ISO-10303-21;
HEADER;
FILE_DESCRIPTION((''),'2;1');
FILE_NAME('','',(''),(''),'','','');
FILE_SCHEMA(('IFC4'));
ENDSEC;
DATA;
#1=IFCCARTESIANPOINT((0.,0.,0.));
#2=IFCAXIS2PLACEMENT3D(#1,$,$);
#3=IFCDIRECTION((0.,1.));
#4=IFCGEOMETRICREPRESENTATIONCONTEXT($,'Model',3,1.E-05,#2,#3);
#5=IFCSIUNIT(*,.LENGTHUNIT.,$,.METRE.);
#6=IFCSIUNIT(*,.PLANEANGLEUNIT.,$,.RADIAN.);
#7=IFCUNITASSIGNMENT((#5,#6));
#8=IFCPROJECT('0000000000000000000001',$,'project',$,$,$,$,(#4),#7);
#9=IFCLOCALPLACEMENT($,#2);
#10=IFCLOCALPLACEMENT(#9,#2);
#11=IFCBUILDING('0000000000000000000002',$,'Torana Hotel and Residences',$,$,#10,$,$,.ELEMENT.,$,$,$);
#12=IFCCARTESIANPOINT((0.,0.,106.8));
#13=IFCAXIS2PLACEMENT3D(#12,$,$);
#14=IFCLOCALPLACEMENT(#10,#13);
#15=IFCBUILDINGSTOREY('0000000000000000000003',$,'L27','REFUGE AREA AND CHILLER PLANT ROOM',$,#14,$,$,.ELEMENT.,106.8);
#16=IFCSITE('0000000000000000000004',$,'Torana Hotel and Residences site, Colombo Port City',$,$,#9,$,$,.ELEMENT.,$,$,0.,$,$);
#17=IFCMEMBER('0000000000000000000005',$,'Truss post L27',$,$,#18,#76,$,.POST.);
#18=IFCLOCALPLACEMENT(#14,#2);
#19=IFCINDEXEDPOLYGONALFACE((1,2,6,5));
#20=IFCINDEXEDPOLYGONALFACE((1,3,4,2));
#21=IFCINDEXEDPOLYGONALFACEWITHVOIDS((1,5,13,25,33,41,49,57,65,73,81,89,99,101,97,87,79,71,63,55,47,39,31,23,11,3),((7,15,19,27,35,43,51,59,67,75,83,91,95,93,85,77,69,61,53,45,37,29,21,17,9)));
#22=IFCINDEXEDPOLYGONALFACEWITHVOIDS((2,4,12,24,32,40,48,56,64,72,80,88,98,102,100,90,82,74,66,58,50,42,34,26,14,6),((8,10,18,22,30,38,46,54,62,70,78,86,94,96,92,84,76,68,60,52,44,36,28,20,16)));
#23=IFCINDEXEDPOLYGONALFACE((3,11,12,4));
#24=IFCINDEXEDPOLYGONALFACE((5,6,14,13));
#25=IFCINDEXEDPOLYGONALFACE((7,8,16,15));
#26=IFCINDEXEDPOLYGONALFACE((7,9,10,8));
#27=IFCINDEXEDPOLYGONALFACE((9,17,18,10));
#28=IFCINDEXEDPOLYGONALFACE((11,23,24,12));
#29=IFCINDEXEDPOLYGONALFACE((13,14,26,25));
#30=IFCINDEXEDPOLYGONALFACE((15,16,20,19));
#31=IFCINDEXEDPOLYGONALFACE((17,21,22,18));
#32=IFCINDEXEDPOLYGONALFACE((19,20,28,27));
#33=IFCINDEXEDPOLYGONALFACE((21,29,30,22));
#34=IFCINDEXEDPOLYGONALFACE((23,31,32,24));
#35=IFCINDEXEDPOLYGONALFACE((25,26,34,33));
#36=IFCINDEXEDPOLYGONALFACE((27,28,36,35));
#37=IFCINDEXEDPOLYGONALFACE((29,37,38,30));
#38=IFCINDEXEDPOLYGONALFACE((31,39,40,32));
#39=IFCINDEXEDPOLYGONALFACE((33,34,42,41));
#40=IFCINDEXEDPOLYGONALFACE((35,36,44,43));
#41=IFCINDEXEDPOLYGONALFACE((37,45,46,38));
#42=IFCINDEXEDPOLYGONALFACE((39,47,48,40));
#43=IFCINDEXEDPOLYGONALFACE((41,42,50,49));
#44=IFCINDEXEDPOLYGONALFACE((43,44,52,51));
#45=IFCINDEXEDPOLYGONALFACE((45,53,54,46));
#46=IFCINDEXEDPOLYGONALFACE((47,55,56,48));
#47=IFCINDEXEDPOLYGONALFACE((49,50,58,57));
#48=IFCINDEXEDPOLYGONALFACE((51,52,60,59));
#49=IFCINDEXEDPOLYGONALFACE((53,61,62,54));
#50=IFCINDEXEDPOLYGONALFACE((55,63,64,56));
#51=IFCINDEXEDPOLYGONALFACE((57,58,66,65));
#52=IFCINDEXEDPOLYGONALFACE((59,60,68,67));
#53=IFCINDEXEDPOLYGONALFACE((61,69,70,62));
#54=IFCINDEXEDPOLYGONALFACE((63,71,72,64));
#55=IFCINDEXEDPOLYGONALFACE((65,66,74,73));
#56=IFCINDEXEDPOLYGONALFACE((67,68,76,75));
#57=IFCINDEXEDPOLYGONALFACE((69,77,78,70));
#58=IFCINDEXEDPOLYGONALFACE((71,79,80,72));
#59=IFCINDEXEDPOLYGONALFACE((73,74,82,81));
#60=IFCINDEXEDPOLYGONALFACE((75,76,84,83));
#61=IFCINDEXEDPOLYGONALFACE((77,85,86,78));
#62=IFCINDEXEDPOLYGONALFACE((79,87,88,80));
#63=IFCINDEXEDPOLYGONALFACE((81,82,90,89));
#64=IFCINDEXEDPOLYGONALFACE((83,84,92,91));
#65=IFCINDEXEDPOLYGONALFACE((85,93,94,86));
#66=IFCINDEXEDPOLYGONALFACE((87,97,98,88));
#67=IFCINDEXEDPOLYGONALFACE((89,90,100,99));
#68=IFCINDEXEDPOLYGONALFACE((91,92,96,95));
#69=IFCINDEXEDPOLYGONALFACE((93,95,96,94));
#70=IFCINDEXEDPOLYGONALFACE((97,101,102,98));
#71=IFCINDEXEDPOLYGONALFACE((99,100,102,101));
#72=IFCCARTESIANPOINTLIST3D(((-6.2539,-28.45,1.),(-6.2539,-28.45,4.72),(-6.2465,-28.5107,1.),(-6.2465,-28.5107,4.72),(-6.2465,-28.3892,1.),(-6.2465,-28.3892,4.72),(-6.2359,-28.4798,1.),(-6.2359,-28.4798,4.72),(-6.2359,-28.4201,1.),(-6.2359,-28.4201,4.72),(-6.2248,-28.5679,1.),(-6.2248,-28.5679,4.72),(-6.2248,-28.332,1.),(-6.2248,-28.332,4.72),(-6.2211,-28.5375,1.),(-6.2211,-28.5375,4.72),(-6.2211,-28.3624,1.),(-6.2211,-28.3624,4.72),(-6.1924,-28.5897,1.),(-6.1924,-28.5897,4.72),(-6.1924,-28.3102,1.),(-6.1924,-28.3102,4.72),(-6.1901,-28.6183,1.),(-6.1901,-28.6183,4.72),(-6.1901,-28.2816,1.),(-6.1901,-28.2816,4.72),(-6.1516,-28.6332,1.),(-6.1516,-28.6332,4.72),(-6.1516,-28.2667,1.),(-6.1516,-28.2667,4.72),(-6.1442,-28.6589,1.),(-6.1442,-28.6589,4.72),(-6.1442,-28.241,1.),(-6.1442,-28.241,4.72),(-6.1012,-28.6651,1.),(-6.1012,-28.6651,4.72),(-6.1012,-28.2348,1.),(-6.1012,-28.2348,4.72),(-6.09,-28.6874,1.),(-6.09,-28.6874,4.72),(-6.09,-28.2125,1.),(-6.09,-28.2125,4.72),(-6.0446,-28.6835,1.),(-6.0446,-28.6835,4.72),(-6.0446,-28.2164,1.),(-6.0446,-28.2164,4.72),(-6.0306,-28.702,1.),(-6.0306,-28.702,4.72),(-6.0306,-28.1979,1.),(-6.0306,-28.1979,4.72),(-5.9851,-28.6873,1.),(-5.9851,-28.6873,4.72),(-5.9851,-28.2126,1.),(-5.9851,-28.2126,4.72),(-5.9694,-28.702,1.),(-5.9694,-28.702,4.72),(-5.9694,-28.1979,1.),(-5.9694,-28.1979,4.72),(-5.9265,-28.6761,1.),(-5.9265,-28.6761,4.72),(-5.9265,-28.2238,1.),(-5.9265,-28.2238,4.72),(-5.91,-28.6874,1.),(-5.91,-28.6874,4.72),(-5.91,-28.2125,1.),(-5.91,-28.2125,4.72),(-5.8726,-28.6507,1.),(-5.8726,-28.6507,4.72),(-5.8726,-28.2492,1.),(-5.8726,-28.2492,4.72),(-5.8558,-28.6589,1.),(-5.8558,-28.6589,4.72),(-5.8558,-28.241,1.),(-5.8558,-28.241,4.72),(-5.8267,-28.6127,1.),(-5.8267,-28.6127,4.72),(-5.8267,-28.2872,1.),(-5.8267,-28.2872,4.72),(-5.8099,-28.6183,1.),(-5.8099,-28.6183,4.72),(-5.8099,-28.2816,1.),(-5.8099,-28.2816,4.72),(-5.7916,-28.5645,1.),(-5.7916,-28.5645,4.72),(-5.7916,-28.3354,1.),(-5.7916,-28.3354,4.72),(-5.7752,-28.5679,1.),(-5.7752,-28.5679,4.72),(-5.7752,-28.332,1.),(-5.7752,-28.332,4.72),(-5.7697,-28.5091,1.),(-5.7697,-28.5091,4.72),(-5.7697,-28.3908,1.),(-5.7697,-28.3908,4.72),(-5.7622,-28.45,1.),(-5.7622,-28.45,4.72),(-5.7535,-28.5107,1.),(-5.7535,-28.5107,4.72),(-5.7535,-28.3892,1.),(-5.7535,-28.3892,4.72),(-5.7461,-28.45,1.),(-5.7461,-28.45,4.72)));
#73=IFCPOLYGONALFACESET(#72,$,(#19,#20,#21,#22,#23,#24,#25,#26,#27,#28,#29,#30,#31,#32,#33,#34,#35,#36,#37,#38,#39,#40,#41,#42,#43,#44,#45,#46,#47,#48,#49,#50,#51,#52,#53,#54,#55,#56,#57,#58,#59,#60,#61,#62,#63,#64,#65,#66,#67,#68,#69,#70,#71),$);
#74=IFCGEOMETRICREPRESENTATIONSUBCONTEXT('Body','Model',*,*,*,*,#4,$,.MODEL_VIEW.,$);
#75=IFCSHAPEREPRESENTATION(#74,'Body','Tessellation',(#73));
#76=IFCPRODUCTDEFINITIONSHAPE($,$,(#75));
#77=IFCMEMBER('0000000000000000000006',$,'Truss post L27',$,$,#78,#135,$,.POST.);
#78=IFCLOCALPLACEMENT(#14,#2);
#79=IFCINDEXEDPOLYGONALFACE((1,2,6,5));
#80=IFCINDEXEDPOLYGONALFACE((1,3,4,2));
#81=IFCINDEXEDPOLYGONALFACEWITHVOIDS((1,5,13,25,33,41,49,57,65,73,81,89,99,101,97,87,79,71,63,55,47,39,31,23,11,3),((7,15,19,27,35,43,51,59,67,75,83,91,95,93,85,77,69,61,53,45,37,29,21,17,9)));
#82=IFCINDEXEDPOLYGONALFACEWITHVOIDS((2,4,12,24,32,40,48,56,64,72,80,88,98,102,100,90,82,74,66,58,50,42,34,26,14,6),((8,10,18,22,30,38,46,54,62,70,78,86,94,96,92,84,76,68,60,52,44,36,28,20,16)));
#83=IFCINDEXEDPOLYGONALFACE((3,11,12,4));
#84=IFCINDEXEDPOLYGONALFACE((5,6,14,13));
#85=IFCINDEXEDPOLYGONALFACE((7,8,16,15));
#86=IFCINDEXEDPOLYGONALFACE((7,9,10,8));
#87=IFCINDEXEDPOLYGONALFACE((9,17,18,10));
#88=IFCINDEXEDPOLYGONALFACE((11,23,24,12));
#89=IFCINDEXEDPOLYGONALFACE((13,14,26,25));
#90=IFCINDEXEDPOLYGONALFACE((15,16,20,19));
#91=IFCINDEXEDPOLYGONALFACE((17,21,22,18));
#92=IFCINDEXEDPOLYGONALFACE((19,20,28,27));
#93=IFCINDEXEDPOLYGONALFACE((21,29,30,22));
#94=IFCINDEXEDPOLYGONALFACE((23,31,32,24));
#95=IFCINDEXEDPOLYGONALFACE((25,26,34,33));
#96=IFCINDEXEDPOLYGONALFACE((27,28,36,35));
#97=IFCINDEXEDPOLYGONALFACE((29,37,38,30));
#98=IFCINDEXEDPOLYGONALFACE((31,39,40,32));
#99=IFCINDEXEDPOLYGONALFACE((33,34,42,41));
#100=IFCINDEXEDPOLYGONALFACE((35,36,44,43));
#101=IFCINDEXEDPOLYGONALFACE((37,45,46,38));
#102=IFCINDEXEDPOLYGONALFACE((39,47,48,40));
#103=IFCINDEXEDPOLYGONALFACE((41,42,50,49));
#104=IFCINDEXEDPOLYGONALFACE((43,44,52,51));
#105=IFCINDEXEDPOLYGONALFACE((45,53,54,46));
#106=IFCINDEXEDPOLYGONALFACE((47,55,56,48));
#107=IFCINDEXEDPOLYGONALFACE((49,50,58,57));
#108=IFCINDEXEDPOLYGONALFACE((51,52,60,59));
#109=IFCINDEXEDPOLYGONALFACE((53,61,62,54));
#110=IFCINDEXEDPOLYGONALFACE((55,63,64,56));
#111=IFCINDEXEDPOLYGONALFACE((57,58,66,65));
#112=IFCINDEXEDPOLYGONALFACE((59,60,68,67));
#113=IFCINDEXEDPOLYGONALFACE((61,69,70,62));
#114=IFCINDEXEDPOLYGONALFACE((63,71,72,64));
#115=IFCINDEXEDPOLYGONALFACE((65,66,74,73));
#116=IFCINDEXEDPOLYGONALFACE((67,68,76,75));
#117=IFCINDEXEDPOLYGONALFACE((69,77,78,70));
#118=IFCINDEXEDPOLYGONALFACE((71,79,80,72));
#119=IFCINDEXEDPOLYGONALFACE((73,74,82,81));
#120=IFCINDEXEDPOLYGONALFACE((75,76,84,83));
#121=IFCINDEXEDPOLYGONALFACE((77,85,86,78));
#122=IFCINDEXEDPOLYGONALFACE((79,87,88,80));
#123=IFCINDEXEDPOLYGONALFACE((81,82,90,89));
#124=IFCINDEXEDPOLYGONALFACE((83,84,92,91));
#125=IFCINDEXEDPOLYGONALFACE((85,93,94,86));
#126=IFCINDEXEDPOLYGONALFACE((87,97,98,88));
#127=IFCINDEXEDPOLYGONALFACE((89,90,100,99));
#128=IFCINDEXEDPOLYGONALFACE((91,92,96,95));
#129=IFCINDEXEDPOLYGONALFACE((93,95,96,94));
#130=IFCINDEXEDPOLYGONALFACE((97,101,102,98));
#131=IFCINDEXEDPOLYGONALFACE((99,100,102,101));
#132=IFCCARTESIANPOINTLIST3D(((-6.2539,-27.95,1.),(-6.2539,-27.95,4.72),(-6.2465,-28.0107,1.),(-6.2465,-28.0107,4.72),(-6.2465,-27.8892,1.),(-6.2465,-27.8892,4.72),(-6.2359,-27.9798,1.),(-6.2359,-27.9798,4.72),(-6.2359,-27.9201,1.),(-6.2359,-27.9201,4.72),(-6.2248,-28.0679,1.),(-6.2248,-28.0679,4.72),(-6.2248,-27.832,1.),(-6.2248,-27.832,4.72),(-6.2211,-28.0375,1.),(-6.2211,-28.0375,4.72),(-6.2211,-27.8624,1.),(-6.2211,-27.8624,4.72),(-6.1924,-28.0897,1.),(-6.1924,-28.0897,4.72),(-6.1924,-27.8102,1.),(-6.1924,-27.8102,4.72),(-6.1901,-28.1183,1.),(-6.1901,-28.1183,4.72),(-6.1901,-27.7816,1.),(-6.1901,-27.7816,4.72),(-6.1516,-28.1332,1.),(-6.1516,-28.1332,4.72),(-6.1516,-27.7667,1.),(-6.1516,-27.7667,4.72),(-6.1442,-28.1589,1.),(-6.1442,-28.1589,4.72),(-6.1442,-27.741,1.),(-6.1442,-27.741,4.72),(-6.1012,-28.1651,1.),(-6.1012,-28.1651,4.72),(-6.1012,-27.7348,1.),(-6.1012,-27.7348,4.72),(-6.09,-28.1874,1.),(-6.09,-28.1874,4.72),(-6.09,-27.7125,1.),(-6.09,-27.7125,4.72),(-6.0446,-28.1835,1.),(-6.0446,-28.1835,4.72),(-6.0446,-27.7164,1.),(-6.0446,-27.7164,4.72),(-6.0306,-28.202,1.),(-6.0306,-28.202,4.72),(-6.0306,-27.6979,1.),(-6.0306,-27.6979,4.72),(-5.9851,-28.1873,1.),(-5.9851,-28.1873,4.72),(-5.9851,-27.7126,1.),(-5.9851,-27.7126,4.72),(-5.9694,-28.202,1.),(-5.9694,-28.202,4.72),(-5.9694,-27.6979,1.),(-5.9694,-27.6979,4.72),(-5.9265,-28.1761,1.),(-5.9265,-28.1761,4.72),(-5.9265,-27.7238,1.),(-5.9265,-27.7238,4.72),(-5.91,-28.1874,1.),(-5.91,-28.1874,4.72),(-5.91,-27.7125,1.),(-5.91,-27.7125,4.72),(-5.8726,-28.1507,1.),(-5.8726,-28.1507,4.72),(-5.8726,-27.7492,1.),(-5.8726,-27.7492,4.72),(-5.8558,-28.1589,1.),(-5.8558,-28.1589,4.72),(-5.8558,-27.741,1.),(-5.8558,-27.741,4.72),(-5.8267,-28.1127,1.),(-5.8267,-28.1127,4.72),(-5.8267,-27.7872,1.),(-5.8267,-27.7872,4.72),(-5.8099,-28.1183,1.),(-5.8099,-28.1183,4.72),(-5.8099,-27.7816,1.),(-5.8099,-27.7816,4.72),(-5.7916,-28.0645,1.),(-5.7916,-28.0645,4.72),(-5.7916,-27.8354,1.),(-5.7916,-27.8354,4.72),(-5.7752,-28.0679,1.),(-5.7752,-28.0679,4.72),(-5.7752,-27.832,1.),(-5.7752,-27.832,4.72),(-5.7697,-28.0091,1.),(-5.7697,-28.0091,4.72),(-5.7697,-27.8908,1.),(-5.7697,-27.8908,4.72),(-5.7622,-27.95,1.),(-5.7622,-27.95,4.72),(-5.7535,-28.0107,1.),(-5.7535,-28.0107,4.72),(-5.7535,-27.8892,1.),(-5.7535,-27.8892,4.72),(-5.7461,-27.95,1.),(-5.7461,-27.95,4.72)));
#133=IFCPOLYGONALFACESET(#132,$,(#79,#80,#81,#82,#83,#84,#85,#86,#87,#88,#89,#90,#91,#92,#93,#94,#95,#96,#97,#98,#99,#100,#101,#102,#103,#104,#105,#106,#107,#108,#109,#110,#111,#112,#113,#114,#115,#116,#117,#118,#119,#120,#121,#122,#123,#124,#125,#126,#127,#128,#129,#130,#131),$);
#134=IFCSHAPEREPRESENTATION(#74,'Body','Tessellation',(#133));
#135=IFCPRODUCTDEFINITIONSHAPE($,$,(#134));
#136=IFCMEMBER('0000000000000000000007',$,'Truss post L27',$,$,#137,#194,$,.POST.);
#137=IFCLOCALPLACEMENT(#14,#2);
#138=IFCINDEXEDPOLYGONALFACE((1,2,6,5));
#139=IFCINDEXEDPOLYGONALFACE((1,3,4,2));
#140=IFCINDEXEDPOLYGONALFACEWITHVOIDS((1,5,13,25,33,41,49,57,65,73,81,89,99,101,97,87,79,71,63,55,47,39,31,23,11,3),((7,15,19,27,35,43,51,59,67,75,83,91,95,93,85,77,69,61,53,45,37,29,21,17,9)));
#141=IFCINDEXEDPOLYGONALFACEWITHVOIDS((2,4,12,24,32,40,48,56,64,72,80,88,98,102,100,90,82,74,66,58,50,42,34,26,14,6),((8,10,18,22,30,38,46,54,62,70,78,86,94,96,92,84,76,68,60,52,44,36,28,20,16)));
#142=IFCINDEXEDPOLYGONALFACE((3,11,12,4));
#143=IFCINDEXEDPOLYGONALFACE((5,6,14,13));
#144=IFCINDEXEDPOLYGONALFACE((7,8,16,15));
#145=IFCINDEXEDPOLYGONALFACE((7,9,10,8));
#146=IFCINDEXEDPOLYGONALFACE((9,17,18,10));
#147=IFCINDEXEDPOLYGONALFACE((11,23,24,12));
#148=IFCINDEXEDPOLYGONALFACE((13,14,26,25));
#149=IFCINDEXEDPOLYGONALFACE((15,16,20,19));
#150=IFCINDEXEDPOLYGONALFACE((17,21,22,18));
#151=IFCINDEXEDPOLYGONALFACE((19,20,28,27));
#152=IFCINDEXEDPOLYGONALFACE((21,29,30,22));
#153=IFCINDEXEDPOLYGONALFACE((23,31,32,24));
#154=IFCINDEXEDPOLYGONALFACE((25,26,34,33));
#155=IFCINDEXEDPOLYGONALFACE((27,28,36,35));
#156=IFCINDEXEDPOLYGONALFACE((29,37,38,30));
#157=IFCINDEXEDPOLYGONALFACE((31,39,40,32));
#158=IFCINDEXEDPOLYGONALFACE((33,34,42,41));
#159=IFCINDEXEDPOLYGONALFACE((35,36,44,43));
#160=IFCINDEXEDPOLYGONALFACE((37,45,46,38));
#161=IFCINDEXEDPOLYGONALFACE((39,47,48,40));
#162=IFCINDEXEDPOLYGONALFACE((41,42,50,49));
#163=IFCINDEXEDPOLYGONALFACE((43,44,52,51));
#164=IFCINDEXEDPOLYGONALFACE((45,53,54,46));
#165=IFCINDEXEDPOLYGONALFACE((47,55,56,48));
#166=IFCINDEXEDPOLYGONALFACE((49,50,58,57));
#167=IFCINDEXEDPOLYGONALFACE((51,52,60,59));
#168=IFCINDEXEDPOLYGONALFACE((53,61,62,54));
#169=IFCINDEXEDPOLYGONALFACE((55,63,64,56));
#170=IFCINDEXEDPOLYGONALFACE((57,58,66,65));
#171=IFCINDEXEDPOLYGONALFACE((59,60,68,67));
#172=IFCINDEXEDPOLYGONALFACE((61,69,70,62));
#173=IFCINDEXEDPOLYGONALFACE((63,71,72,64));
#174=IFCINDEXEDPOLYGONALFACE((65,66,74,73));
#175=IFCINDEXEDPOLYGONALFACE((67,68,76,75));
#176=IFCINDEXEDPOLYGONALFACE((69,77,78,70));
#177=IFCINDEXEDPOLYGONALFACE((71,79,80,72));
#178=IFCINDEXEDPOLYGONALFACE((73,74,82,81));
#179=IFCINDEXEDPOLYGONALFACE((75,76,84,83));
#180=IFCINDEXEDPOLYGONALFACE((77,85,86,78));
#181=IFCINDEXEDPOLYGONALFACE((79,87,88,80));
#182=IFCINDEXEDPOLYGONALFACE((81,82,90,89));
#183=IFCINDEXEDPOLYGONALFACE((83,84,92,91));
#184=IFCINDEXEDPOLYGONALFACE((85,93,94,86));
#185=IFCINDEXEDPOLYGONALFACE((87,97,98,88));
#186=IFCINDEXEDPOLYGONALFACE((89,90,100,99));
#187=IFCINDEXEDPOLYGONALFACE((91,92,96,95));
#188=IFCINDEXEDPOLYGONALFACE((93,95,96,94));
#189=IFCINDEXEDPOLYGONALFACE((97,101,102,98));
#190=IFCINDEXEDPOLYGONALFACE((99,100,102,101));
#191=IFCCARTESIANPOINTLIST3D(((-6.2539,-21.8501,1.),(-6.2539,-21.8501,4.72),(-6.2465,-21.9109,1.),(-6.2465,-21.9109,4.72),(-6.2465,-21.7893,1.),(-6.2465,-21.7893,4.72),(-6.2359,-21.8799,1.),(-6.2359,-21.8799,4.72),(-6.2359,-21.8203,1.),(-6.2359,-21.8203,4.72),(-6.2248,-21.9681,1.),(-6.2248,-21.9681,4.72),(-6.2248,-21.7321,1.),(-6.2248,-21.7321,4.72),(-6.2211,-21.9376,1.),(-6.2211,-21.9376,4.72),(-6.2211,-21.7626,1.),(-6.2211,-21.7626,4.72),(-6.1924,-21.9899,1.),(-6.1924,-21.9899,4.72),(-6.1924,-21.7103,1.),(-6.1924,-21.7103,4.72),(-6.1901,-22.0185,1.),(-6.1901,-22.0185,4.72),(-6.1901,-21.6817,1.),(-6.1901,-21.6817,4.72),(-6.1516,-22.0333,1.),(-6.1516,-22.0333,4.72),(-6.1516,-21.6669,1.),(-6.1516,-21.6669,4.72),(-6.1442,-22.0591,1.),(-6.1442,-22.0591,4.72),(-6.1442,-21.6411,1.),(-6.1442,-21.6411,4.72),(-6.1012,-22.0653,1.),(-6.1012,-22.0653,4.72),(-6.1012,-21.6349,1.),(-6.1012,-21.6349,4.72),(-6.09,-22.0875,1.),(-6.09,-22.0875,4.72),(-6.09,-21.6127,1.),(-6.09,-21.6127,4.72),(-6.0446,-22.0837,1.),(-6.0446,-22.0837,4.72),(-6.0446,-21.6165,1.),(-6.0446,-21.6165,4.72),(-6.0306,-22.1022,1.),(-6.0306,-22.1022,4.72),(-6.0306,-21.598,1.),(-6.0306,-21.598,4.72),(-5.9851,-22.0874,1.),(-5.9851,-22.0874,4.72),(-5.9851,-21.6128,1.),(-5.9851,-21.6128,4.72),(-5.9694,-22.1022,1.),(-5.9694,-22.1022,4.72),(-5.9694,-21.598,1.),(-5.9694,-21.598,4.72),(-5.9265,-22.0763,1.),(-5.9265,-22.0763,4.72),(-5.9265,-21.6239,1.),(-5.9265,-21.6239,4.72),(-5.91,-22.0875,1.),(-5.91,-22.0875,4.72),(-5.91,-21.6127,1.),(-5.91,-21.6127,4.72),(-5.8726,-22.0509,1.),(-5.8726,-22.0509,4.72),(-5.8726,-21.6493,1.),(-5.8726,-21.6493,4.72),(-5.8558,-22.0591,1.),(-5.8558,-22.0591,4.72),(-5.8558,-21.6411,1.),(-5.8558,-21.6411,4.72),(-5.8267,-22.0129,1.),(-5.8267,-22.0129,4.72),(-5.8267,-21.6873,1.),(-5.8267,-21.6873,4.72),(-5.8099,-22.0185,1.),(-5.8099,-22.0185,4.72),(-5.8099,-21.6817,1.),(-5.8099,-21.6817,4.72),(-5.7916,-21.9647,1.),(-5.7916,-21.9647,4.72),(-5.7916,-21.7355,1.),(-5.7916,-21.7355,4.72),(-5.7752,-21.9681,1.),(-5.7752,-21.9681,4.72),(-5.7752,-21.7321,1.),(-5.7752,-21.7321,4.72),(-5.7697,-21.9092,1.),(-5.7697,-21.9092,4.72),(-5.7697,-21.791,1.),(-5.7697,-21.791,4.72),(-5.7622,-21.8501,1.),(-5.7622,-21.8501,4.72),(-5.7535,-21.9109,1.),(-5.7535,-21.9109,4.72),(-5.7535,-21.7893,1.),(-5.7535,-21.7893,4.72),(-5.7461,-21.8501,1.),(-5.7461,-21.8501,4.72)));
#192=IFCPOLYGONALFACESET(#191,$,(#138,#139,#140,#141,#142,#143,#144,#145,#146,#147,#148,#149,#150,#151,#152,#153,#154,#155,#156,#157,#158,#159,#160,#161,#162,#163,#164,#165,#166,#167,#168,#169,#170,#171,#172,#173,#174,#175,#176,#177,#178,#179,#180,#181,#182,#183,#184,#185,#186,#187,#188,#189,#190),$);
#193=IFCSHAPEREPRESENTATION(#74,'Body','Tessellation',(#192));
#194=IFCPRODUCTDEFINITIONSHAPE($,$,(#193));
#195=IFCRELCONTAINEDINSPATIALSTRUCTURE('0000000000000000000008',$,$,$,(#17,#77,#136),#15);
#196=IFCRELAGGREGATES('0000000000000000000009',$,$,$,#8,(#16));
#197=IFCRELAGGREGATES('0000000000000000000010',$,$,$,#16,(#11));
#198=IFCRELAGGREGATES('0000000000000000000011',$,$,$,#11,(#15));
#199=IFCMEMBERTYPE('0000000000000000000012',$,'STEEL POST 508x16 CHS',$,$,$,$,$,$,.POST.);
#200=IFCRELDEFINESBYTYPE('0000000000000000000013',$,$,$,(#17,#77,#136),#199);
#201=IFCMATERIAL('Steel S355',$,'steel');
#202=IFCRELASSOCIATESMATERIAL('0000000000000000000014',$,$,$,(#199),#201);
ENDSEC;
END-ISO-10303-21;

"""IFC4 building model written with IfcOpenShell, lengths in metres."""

from ifc_helpers import new_model, si_unit, direction, frame, origin, origin_2d, place, context, subcontext, project, spatial, hollow_circle, extrude, material, material_profile, profile_set, type_object, element, save


model = new_model("IFC4")

# Units and contexts
model_context = context("Model", 3, precision=1e-05, world=origin(), true_north=direction((0.0, 1.0)))
body_context = subcontext(model_context, "Body", "Model", "MODEL_VIEW")
ifc_project = project(units=[si_unit("LENGTHUNIT", "METRE"), si_unit("PLANEANGLEUNIT", "RADIAN")], contexts=[model_context])

# Site, building, storey
site_placement = place(None, origin())
site = spatial("IfcSite", under=ifc_project, at=site_placement, Name="Torana Hotel and Residences site, Colombo Port City", CompositionType="ELEMENT", RefElevation=0.0)
building_placement = place(site_placement, origin())
building = spatial("IfcBuilding", under=site, at=building_placement, Name="Torana Hotel and Residences", CompositionType="ELEMENT")
storey_placement = place(building_placement, frame((0.0, 0.0, 106.8)))
storey = spatial("IfcBuildingStorey", under=building, at=storey_placement, Name="L27", Description="REFUGE AREA AND CHILLER PLANT ROOM", CompositionType="ELEMENT", Elevation=106.8)

# Members
ifc_material_1 = material(Name="Steel S355", Category="steel")
ifc_material_profile_1 = material_profile(ifc_material_1, hollow_circle(Radius=0.2539, WallThickness=0.0161, at=origin_2d()), Name="508x16 CHS")
ifc_profile_set_1 = profile_set([ifc_material_profile_1], Name="Steel S355")
member_type_1 = type_object("IfcMemberType", Name="STEEL POST 508x16 CHS", PredefinedType="POST", material=ifc_profile_set_1)
for number, where, z_axis, x_axis, name in (
    (1, (-6.0, -28.45, 1.0), (0.0, 0.0, 1.0), (1.0, 0.0, 0.0), "Truss post L27"),
    (2, (-6.0, -27.95, 1.0), (0.0, 0.0, 1.0), (1.0, 0.0, 0.0), "Truss post L27"),
    (3, (-6.0, -21.8501, 1.0), (0.0, 0.0, 1.0), (1.0, 0.0, 0.0), "Truss post L27"),
):
    element("IfcMember", number, at=place(storey_placement, frame(where, z_axis=z_axis, x_axis=x_axis)), inside=storey, type_object=member_type_1, Name=name, PredefinedType="POST", context=body_context, shape_type="SweptSolid", body=[
        extrude(hollow_circle(Radius=0.2539, WallThickness=0.0161, at=origin_2d()), origin(), (0.0, 0.0, 1.0), 3.72),
    ])

save(model, "model.ifc")
